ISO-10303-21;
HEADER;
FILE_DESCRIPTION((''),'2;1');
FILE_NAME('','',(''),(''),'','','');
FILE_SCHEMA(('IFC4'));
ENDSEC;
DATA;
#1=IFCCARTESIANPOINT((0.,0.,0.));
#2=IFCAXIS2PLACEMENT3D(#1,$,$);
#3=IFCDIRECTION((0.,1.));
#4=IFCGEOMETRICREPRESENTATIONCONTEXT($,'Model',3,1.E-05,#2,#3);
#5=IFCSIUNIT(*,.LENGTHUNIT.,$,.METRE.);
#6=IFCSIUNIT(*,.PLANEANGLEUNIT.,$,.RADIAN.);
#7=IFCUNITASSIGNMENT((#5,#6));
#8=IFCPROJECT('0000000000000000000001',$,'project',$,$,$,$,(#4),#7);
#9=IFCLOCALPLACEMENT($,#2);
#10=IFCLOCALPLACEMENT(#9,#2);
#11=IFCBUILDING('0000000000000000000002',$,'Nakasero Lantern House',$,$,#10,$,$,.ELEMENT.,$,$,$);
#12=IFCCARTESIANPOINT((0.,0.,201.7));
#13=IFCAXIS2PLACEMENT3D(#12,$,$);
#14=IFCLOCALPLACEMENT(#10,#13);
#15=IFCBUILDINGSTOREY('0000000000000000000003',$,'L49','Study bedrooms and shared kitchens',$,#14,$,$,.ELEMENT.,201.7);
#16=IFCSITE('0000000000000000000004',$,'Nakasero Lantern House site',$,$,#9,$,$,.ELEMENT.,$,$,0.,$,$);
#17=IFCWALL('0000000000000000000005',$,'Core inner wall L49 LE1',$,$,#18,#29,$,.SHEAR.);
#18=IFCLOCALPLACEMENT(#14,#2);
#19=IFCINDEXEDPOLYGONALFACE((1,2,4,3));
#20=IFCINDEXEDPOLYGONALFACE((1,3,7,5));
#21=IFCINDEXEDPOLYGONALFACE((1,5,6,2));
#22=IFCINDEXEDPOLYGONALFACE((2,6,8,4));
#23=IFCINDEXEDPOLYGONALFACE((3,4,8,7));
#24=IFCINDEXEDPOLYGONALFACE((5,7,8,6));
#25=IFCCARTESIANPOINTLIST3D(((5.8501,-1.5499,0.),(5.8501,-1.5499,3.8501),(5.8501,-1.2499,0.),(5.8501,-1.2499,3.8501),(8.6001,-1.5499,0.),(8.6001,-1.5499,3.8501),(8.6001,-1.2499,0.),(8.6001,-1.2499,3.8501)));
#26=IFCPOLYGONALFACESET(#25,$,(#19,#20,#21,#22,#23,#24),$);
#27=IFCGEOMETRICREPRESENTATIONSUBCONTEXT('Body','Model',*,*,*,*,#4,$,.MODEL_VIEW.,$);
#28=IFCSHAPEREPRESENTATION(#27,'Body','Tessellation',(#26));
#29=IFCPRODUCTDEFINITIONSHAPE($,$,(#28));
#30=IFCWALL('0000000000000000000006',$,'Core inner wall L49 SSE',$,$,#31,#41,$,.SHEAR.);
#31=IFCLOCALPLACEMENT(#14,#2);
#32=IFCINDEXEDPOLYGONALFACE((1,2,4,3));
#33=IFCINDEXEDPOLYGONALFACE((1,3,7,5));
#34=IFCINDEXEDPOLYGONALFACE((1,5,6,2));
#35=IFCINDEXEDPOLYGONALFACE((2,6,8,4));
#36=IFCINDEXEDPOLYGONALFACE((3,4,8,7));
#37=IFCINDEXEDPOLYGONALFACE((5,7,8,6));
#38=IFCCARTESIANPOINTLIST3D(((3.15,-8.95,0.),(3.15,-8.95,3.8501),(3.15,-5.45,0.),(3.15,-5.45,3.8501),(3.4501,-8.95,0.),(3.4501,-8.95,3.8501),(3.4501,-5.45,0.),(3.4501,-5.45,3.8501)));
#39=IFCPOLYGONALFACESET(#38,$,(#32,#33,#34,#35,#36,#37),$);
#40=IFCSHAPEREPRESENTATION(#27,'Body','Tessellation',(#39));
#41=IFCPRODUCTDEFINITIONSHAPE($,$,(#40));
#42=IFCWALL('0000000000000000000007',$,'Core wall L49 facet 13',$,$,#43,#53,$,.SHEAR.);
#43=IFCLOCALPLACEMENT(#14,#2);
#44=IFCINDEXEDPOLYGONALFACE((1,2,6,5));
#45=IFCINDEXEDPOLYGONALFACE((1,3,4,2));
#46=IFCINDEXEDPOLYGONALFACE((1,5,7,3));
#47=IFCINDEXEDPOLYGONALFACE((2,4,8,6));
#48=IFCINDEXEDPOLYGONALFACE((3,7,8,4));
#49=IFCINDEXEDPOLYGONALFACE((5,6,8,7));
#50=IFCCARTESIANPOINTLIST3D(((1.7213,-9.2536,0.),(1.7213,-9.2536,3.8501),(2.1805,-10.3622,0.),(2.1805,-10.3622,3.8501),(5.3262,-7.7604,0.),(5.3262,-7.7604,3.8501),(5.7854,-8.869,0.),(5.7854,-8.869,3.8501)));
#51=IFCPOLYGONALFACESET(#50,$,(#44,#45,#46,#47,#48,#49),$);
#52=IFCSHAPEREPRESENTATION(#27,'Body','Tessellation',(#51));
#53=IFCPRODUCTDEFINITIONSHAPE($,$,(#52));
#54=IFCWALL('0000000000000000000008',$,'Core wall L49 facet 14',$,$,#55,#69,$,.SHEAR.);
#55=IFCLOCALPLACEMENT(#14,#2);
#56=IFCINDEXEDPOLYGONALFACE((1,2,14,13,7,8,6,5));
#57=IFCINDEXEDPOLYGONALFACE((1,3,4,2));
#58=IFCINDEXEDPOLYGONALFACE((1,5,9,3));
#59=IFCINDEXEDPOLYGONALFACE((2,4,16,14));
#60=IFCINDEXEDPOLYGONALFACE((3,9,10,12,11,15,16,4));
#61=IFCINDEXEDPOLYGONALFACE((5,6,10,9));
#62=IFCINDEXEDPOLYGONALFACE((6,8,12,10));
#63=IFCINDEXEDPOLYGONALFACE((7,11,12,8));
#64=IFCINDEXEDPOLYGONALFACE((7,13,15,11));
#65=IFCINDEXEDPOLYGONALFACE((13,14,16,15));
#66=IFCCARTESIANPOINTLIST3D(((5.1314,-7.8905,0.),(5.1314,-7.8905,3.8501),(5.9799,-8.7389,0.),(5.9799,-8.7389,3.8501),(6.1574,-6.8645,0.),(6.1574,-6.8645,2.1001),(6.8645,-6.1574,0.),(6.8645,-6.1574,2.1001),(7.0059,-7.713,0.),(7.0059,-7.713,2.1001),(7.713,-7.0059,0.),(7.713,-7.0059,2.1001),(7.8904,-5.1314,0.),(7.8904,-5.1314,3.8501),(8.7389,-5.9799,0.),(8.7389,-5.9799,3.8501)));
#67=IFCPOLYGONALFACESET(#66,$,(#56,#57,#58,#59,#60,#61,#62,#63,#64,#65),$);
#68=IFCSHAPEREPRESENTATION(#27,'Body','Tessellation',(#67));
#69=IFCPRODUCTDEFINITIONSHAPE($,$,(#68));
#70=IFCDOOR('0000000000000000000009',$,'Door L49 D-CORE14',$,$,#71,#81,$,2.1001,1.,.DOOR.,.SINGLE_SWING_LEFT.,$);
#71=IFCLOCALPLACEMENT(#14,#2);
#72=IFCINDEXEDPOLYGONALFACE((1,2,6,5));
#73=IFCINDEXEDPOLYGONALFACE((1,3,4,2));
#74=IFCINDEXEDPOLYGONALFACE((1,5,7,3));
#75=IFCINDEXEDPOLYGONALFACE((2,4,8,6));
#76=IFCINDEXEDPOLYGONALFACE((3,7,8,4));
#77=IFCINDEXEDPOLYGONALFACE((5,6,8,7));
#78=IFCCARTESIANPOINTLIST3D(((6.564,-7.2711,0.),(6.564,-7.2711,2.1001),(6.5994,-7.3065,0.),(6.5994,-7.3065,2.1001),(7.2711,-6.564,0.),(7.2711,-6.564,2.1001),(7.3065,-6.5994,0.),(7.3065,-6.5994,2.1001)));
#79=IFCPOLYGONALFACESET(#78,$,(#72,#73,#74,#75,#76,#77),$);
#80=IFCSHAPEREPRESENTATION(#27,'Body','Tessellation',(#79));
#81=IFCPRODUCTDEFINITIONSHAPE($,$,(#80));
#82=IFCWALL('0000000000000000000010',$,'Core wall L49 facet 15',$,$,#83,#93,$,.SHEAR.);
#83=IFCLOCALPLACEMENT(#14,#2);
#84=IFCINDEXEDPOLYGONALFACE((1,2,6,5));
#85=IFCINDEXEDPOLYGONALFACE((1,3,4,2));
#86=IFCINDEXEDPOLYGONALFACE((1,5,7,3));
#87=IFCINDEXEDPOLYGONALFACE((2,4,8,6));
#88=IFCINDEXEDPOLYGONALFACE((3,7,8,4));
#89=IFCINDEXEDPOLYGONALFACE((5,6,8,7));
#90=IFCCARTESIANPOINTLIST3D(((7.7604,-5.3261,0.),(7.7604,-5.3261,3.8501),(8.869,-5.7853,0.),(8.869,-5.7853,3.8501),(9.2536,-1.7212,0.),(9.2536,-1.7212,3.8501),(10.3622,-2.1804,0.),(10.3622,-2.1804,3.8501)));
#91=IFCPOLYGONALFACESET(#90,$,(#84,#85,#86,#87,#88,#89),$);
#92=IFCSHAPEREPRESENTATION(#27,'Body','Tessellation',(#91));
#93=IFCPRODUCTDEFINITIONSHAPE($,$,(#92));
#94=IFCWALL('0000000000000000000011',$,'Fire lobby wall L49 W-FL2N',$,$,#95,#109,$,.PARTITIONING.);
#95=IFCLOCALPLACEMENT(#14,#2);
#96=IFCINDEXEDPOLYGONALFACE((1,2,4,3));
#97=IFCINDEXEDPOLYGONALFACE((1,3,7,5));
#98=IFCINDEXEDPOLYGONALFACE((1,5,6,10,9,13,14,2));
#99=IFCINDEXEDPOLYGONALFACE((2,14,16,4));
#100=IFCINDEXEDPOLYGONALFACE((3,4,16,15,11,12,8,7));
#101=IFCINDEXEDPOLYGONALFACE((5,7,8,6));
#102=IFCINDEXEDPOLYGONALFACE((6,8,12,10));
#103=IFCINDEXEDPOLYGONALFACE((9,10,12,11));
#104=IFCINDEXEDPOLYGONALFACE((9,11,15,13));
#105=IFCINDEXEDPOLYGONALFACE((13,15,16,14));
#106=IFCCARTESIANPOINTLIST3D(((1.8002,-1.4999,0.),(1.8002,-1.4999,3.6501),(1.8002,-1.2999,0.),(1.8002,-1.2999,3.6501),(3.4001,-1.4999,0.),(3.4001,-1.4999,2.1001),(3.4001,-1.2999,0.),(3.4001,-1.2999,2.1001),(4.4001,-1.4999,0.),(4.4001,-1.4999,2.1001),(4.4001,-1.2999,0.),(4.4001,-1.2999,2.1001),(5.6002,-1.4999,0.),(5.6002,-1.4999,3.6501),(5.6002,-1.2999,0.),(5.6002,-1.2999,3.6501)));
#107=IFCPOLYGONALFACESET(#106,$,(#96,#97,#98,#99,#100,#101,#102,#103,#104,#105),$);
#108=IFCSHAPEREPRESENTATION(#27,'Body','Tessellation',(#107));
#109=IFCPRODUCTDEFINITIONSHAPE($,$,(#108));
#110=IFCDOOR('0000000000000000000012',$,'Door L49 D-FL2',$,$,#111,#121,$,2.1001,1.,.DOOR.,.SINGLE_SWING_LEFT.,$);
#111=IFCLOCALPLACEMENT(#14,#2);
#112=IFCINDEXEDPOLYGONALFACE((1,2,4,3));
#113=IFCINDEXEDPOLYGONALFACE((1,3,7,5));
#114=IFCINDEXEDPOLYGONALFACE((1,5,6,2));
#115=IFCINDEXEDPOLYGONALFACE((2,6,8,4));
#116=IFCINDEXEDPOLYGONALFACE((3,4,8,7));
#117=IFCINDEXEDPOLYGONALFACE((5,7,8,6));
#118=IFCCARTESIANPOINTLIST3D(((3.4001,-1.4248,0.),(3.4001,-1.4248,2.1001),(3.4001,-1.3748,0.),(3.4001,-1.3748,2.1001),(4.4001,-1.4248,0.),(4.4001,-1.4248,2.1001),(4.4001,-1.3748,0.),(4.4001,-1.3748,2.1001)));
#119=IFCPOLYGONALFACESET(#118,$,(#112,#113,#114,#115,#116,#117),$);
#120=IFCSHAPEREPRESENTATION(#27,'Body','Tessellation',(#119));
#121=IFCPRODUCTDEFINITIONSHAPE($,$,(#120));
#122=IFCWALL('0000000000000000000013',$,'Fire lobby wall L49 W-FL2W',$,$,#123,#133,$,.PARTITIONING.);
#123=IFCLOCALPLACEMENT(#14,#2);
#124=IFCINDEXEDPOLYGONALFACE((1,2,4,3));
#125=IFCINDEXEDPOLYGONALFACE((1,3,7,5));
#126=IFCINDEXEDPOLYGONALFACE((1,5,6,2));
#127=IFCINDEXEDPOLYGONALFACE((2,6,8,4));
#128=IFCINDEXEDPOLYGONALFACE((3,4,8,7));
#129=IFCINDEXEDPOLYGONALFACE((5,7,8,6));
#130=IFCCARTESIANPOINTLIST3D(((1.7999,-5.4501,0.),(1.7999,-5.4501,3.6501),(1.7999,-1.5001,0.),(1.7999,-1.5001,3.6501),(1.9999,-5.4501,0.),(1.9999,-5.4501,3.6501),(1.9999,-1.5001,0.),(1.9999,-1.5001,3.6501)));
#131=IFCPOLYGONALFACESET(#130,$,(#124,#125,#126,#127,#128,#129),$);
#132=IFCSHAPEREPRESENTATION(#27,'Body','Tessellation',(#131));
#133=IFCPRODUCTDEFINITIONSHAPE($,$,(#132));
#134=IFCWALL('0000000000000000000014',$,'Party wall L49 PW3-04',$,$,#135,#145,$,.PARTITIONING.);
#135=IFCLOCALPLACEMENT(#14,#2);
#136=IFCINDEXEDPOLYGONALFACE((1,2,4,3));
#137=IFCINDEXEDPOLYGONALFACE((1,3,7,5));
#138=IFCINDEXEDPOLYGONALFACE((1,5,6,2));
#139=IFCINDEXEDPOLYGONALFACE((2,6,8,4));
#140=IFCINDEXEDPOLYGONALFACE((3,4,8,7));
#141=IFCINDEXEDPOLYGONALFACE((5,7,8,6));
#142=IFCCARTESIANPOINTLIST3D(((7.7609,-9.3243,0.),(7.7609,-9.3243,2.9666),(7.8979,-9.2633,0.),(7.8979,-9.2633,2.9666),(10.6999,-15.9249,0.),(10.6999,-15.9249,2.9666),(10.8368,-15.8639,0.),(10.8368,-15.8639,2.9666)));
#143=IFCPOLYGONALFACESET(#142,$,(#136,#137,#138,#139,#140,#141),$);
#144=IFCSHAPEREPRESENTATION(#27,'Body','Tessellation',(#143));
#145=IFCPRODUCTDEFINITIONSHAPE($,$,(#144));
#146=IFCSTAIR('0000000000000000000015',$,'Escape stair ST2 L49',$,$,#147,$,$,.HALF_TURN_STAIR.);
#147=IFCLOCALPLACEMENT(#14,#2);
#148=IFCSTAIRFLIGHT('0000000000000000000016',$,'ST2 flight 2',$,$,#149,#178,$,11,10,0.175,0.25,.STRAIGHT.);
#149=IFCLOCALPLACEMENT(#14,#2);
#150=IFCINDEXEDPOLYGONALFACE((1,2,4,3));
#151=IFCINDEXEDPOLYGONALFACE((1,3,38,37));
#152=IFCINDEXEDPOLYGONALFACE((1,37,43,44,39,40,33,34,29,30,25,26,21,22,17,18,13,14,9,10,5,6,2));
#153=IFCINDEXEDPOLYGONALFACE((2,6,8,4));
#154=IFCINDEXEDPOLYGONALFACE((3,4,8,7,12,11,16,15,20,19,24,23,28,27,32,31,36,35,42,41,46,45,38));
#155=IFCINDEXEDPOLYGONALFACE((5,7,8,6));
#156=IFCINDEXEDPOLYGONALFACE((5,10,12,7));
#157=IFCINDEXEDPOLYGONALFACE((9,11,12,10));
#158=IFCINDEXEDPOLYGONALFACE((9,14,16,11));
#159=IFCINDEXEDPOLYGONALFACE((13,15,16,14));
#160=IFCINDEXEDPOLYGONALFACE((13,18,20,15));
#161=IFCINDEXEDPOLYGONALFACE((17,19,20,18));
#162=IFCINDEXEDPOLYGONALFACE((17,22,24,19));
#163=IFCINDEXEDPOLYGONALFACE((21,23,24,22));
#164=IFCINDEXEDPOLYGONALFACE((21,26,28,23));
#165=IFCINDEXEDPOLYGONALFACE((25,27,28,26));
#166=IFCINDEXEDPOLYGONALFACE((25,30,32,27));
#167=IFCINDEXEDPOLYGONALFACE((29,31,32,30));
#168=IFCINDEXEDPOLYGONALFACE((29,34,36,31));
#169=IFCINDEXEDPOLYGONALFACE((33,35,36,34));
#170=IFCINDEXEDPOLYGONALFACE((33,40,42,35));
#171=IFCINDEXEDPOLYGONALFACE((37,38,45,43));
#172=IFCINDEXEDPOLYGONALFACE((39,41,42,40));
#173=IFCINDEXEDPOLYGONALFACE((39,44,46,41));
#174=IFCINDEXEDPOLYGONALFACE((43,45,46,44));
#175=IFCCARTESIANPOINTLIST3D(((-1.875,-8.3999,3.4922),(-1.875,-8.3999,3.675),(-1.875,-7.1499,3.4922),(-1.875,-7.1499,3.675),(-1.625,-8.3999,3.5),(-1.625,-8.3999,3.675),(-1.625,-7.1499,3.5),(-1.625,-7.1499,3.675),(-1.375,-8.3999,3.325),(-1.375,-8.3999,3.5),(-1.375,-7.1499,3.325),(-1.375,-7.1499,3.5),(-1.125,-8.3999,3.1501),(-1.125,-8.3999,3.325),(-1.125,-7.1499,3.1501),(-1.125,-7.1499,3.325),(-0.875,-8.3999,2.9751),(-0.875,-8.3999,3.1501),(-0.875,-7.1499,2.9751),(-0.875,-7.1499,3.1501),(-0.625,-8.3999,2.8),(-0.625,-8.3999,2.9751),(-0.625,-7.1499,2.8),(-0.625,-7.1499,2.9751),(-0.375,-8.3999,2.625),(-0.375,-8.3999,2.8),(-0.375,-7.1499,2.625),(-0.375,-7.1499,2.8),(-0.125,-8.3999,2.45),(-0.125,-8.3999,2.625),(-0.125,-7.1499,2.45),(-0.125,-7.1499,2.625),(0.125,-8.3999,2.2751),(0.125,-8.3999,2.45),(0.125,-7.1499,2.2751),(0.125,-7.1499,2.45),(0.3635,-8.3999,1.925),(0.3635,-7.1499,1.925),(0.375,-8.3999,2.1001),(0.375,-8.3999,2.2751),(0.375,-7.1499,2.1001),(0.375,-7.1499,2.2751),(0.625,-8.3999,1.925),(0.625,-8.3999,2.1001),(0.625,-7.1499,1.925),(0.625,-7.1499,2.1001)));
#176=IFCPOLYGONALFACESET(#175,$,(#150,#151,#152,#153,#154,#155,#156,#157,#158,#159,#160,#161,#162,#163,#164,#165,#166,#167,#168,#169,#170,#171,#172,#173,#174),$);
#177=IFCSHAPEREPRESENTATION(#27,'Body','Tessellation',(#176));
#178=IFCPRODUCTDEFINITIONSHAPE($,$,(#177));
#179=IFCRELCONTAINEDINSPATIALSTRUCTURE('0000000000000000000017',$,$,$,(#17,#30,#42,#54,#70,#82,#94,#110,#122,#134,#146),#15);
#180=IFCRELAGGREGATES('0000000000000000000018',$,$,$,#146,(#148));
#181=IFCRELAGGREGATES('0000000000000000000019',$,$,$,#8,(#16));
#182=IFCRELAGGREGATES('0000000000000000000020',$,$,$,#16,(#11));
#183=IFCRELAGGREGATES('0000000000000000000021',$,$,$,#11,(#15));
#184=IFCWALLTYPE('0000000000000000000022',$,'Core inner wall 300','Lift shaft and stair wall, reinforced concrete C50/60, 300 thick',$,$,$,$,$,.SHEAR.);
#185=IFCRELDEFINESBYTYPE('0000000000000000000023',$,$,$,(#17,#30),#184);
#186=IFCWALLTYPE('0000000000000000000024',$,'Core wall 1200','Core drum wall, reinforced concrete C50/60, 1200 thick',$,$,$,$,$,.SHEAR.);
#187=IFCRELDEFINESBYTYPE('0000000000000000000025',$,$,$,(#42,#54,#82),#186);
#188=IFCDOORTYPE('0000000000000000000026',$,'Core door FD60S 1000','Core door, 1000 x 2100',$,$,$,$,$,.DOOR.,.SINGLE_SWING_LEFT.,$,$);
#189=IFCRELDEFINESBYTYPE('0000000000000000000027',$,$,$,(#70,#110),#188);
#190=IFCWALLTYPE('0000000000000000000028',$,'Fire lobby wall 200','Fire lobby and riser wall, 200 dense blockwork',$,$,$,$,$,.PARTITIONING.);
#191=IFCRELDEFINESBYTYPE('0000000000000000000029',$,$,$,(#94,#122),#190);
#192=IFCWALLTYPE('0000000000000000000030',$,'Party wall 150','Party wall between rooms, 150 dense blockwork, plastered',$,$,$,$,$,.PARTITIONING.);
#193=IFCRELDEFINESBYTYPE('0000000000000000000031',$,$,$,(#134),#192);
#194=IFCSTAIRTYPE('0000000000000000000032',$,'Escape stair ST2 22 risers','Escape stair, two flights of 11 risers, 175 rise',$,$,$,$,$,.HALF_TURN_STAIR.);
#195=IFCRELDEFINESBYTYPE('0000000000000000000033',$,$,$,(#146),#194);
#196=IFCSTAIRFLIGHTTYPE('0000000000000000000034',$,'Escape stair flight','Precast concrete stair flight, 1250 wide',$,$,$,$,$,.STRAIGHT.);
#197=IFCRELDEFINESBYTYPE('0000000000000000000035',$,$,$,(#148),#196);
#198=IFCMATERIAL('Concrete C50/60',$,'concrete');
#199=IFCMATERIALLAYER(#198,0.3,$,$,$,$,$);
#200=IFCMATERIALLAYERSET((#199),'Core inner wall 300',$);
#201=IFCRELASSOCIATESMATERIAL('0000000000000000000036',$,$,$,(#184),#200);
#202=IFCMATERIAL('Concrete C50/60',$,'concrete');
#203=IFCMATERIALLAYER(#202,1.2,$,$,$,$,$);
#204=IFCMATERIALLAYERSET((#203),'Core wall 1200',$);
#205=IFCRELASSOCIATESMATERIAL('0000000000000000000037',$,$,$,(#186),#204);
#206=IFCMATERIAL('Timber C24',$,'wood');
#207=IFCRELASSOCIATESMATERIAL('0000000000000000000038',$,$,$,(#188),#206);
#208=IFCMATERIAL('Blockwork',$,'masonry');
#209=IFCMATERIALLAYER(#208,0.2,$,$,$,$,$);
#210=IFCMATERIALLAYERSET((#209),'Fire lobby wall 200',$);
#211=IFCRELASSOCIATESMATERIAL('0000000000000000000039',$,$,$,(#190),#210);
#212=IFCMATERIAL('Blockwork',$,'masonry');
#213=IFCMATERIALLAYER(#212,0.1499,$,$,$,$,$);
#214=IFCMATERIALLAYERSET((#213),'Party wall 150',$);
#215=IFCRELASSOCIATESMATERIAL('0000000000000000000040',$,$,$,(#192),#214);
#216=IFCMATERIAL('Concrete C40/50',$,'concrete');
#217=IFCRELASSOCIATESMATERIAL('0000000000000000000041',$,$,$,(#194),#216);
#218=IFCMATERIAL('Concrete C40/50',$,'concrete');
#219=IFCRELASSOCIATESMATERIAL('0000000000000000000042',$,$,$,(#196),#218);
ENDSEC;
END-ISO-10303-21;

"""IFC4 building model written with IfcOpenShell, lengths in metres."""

from ifc_helpers import new_model, si_unit, direction, frame, frame_2d, origin, place, context, subcontext, project, spatial, polyline, rectangle, outline, extrude, material, layer, layer_set, type_object, element, fill, aggregate, save


model = new_model("IFC4")

# Units and contexts
model_context = context("Model", 3, precision=1e-05, world=origin(), true_north=direction((0.0, 1.0)))
body_context = subcontext(model_context, "Body", "Model", "MODEL_VIEW")
ifc_project = project(units=[si_unit("LENGTHUNIT", "METRE"), si_unit("PLANEANGLEUNIT", "RADIAN")], contexts=[model_context])

# Site, building, storey
site_placement = place(None, origin())
site = spatial("IfcSite", under=ifc_project, at=site_placement, Name="Nakasero Lantern House site", CompositionType="ELEMENT", RefElevation=0.0)
building_placement = place(site_placement, origin())
building = spatial("IfcBuilding", under=site, at=building_placement, Name="Nakasero Lantern House", CompositionType="ELEMENT")
storey_placement = place(building_placement, frame((0.0, 0.0, 201.7)))
storey = spatial("IfcBuildingStorey", under=building, at=storey_placement, Name="L49", Description="Study bedrooms and shared kitchens", CompositionType="ELEMENT", Elevation=201.7)

# Shared definitions
ifc_material_1 = material(Name="Concrete C50/60", Category="concrete")
ifc_layer_1 = layer(ifc_material_1, 0.3)
ifc_layer_set_1 = layer_set([ifc_layer_1], Name="Core inner wall 300")
wall_type_1 = type_object("IfcWallType", Name="Core inner wall 300", Description="Lift shaft and stair wall, reinforced concrete C50/60, 300 thick", PredefinedType="SHEAR", material=ifc_layer_set_1)

# Walls
wall_1_placement = place(storey_placement, frame((5.8501, -1.3999, 0.0), z_axis=(0.0, 0.0, 1.0), x_axis=(1.0, 0.0, 0.0)))
element("IfcWall", 1, at=wall_1_placement, inside=storey, type_object=wall_type_1, Name="Core inner wall L49 LE1", PredefinedType="SHEAR", context=body_context, shape_type="SweptSolid", body=[
    extrude(rectangle(XDim=2.75, YDim=0.3, at=frame_2d((1.375, 0.0))), origin(), (0.0, 0.0, 1.0), 3.8501),
])
wall_2_placement = place(storey_placement, frame((3.3, -5.45, 0.0), z_axis=(0.0, 0.0, 1.0), x_axis=(0.0, -1.0, 0.0)))
element("IfcWall", 2, at=wall_2_placement, inside=storey, type_object=wall_type_1, Name="Core inner wall L49 SSE", PredefinedType="SHEAR", context=body_context, shape_type="SweptSolid", body=[
    extrude(rectangle(XDim=3.5, YDim=0.3, at=frame_2d((1.75, 0.0))), origin(), (0.0, 0.0, 1.0), 3.8501),
])
ifc_material_2 = material(Name="Concrete C50/60", Category="concrete")
ifc_layer_2 = layer(ifc_material_2, 1.2)
ifc_layer_set_2 = layer_set([ifc_layer_2], Name="Core wall 1200")
wall_type_2 = type_object("IfcWallType", Name="Core wall 1200", Description="Core drum wall, reinforced concrete C50/60, 1200 thick", PredefinedType="SHEAR", material=ifc_layer_set_2)
wall_3_placement = place(storey_placement, frame((1.9509, -9.8079, 0.0), z_axis=(0.0, 0.0, 1.0), x_axis=(0.923877, 0.382691, 0.0)))
element("IfcWall", 3, at=wall_3_placement, inside=storey, type_object=wall_type_2, Name="Core wall L49 facet 13", PredefinedType="SHEAR", context=body_context, shape_type="SweptSolid", body=[
    extrude(rectangle(XDim=3.9019, YDim=1.2, at=frame_2d((1.9509, 0.0))), origin(), (0.0, 0.0, 1.0), 3.8501),
])

# Wall, opening, door
wall_4_placement = place(storey_placement, frame((5.5557, -8.3147, 0.0), z_axis=(0.0, 0.0, 1.0), x_axis=(0.707107, 0.707107, 0.0)))
wall_4 = element("IfcWall", 4, at=wall_4_placement, inside=storey, type_object=wall_type_2, Name="Core wall L49 facet 14", PredefinedType="SHEAR", context=body_context, shape_type="SweptSolid", body=[
    extrude(rectangle(XDim=3.9019, YDim=1.2, at=frame_2d((1.9509, 0.0))), origin(), (0.0, 0.0, 1.0), 3.8501),
])
opening_1_placement = place(wall_4_placement, frame((1.4509, 0.0, 0.0)))
opening_1 = element("IfcOpeningElement", 5, at=opening_1_placement, cuts=wall_4, PredefinedType="OPENING", context=body_context, shape_type="SweptSolid", body=[
    extrude(rectangle(XDim=1.0, YDim=2.1001, at=frame_2d((0.5, 1.05))), frame((0.0, 0.6199, 0.0), z_axis=(0.0, -1.0, 0.0), x_axis=(1.0, 0.0, 0.0)), (0.0, 0.0, 1.0), 1.24),
])
ifc_material_3 = material(Name="Timber C24", Category="wood")
door_type_1 = type_object("IfcDoorType", Name="Core door FD60S 1000", Description="Core door, 1000 x 2100", OperationType="SINGLE_SWING_LEFT", PredefinedType="DOOR", material=ifc_material_3)
door_1_placement = place(opening_1_placement, origin())
door_1 = element("IfcDoor", 6, at=door_1_placement, inside=storey, type_object=door_type_1, Name="Door L49 D-CORE14", OperationType="SINGLE_SWING_LEFT", OverallHeight=2.1001, OverallWidth=1.0, PredefinedType="DOOR", context=body_context, shape_type="SweptSolid", body=[
    extrude(rectangle(XDim=1.0, YDim=2.1001, at=frame_2d((0.5, 1.05))), frame((0.0, 0.0249, 0.0), z_axis=(0.0, -1.0, 0.0), x_axis=(1.0, 0.0, 0.0)), (0.0, 0.0, 1.0), 0.05),
])
fill(opening_1, door_1)

# Wall
wall_5_placement = place(storey_placement, frame((8.3147, -5.5557, 0.0), z_axis=(0.0, 0.0, 1.0), x_axis=(0.382691, 0.923877, 0.0)))
element("IfcWall", 7, at=wall_5_placement, inside=storey, type_object=wall_type_2, Name="Core wall L49 facet 15", PredefinedType="SHEAR", context=body_context, shape_type="SweptSolid", body=[
    extrude(rectangle(XDim=3.9019, YDim=1.2, at=frame_2d((1.9509, 0.0))), origin(), (0.0, 0.0, 1.0), 3.8501),
])

# Wall, opening, door
ifc_material_4 = material(Name="Blockwork", Category="masonry")
ifc_layer_3 = layer(ifc_material_4, 0.2)
ifc_layer_set_3 = layer_set([ifc_layer_3], Name="Fire lobby wall 200")
wall_type_3 = type_object("IfcWallType", Name="Fire lobby wall 200", Description="Fire lobby and riser wall, 200 dense blockwork", PredefinedType="PARTITIONING", material=ifc_layer_set_3)
wall_6_placement = place(storey_placement, frame((5.6001, -1.3999, 0.0), z_axis=(0.0, 0.0, 1.0), x_axis=(-1.0, 0.0, 0.0)))
wall_6 = element("IfcWall", 8, at=wall_6_placement, inside=storey, type_object=wall_type_3, Name="Fire lobby wall L49 W-FL2N", PredefinedType="PARTITIONING", context=body_context, shape_type="SweptSolid", body=[
    extrude(rectangle(XDim=3.8, YDim=0.2, at=frame_2d((1.8999, 0.0))), origin(), (0.0, 0.0, 1.0), 3.6501),
])
opening_2_placement = place(wall_6_placement, frame((1.2, 0.0, 0.0)))
opening_2 = element("IfcOpeningElement", 9, at=opening_2_placement, cuts=wall_6, PredefinedType="OPENING", context=body_context, shape_type="SweptSolid", body=[
    extrude(rectangle(XDim=1.0, YDim=2.1001, at=frame_2d((0.5, 1.05))), frame((0.0, 0.1199, 0.0), z_axis=(0.0, -1.0, 0.0), x_axis=(1.0, 0.0, 0.0)), (0.0, 0.0, 1.0), 0.24),
])
door_2_placement = place(opening_2_placement, origin())
door_2 = element("IfcDoor", 10, at=door_2_placement, inside=storey, type_object=door_type_1, Name="Door L49 D-FL2", OperationType="SINGLE_SWING_LEFT", OverallHeight=2.1001, OverallWidth=1.0, PredefinedType="DOOR", context=body_context, shape_type="SweptSolid", body=[
    extrude(rectangle(XDim=1.0, YDim=2.1001, at=frame_2d((0.5, 1.05))), frame((0.0, 0.0249, 0.0), z_axis=(0.0, -1.0, 0.0), x_axis=(1.0, 0.0, 0.0)), (0.0, 0.0, 1.0), 0.05),
])
fill(opening_2, door_2)

# Walls
wall_7_placement = place(storey_placement, frame((1.8999, -1.5, 0.0), z_axis=(0.0, 0.0, 1.0), x_axis=(0.0, -1.0, 0.0)))
element("IfcWall", 11, at=wall_7_placement, inside=storey, type_object=wall_type_3, Name="Fire lobby wall L49 W-FL2W", PredefinedType="PARTITIONING", context=body_context, shape_type="SweptSolid", body=[
    extrude(rectangle(XDim=3.95, YDim=0.2, at=frame_2d((1.9751, 0.0))), origin(), (0.0, 0.0, 1.0), 3.6501),
])
ifc_material_5 = material(Name="Blockwork", Category="masonry")
ifc_layer_4 = layer(ifc_material_5, 0.1499)
ifc_layer_set_4 = layer_set([ifc_layer_4], Name="Party wall 150")
wall_type_4 = type_object("IfcWallType", Name="Party wall 150", Description="Party wall between rooms, 150 dense blockwork, plastered", PredefinedType="PARTITIONING", material=ifc_layer_set_4)
wall_8_placement = place(storey_placement, frame((7.8293, -9.2937, 0.0), z_axis=(0.0, 0.0, 1.0), x_axis=(0.406759, -0.913535, 0.0)))
element("IfcWall", 12, at=wall_8_placement, inside=storey, type_object=wall_type_4, Name="Party wall L49 PW3-04", PredefinedType="PARTITIONING", context=body_context, shape_type="SweptSolid", body=[
    extrude(rectangle(XDim=7.2253, YDim=0.1499, at=frame_2d((3.6128, 0.0))), origin(), (0.0, 0.0, 1.0), 2.9666),
])

# Stair, stair flight
ifc_material_6 = material(Name="Concrete C40/50", Category="concrete")
stair_type_1 = type_object("IfcStairType", Name="Escape stair ST2 22 risers", Description="Escape stair, two flights of 11 risers, 175 rise", PredefinedType="HALF_TURN_STAIR", material=ifc_material_6)
stair_1_placement = place(storey_placement, origin())
stair_1 = element("IfcStair", 13, at=stair_1_placement, inside=storey, type_object=stair_type_1, Name="Escape stair ST2 L49", PredefinedType="HALF_TURN_STAIR")
ifc_material_7 = material(Name="Concrete C40/50", Category="concrete")
stair_flight_type = type_object("IfcStairFlightType", Name="Escape stair flight", Description="Precast concrete stair flight, 1250 wide", PredefinedType="STRAIGHT", material=ifc_material_7)
stair_flight_placement = place(storey_placement, frame((0.625, -7.7749, 1.925), z_axis=(0.0, 0.0, 1.0), x_axis=(-1.0, 0.0, 0.0)))
stair_flight = element("IfcStairFlight", 14, at=stair_flight_placement, type_object=stair_flight_type, Name="ST2 flight 2", NumberOfRisers=11, NumberOfTreads=10, PredefinedType="STRAIGHT", RiserHeight=0.175, TreadLength=0.25, context=body_context, shape_type="SweptSolid", body=[
    extrude(outline(polyline([(0.0, 0.0), (0.0, 0.175), (0.25, 0.175), (0.25, 0.3501), (0.5, 0.3501), (0.5, 0.5249), (0.75, 0.5249), (0.75, 0.7), (1.0, 0.7), (1.0, 0.875), (1.25, 0.875), (1.25, 1.05), (1.5, 1.05), (1.5, 1.2251), (1.75, 1.2251), (1.75, 1.3999), (2.0, 1.3999), (2.0, 1.575), (2.25, 1.575), (2.25, 1.75), (2.5, 1.75), (2.5, 1.925), (2.5, 1.5671), (0.2615, 0.0), (0.0, 0.0)])), frame((0.0, 0.625, 0.0), z_axis=(0.0, -1.0, 0.0), x_axis=(1.0, 0.0, 0.0)), (0.0, 0.0, 1.0), 1.25),
])
aggregate(stair_1, [stair_flight])

save(model, "model.ifc")
